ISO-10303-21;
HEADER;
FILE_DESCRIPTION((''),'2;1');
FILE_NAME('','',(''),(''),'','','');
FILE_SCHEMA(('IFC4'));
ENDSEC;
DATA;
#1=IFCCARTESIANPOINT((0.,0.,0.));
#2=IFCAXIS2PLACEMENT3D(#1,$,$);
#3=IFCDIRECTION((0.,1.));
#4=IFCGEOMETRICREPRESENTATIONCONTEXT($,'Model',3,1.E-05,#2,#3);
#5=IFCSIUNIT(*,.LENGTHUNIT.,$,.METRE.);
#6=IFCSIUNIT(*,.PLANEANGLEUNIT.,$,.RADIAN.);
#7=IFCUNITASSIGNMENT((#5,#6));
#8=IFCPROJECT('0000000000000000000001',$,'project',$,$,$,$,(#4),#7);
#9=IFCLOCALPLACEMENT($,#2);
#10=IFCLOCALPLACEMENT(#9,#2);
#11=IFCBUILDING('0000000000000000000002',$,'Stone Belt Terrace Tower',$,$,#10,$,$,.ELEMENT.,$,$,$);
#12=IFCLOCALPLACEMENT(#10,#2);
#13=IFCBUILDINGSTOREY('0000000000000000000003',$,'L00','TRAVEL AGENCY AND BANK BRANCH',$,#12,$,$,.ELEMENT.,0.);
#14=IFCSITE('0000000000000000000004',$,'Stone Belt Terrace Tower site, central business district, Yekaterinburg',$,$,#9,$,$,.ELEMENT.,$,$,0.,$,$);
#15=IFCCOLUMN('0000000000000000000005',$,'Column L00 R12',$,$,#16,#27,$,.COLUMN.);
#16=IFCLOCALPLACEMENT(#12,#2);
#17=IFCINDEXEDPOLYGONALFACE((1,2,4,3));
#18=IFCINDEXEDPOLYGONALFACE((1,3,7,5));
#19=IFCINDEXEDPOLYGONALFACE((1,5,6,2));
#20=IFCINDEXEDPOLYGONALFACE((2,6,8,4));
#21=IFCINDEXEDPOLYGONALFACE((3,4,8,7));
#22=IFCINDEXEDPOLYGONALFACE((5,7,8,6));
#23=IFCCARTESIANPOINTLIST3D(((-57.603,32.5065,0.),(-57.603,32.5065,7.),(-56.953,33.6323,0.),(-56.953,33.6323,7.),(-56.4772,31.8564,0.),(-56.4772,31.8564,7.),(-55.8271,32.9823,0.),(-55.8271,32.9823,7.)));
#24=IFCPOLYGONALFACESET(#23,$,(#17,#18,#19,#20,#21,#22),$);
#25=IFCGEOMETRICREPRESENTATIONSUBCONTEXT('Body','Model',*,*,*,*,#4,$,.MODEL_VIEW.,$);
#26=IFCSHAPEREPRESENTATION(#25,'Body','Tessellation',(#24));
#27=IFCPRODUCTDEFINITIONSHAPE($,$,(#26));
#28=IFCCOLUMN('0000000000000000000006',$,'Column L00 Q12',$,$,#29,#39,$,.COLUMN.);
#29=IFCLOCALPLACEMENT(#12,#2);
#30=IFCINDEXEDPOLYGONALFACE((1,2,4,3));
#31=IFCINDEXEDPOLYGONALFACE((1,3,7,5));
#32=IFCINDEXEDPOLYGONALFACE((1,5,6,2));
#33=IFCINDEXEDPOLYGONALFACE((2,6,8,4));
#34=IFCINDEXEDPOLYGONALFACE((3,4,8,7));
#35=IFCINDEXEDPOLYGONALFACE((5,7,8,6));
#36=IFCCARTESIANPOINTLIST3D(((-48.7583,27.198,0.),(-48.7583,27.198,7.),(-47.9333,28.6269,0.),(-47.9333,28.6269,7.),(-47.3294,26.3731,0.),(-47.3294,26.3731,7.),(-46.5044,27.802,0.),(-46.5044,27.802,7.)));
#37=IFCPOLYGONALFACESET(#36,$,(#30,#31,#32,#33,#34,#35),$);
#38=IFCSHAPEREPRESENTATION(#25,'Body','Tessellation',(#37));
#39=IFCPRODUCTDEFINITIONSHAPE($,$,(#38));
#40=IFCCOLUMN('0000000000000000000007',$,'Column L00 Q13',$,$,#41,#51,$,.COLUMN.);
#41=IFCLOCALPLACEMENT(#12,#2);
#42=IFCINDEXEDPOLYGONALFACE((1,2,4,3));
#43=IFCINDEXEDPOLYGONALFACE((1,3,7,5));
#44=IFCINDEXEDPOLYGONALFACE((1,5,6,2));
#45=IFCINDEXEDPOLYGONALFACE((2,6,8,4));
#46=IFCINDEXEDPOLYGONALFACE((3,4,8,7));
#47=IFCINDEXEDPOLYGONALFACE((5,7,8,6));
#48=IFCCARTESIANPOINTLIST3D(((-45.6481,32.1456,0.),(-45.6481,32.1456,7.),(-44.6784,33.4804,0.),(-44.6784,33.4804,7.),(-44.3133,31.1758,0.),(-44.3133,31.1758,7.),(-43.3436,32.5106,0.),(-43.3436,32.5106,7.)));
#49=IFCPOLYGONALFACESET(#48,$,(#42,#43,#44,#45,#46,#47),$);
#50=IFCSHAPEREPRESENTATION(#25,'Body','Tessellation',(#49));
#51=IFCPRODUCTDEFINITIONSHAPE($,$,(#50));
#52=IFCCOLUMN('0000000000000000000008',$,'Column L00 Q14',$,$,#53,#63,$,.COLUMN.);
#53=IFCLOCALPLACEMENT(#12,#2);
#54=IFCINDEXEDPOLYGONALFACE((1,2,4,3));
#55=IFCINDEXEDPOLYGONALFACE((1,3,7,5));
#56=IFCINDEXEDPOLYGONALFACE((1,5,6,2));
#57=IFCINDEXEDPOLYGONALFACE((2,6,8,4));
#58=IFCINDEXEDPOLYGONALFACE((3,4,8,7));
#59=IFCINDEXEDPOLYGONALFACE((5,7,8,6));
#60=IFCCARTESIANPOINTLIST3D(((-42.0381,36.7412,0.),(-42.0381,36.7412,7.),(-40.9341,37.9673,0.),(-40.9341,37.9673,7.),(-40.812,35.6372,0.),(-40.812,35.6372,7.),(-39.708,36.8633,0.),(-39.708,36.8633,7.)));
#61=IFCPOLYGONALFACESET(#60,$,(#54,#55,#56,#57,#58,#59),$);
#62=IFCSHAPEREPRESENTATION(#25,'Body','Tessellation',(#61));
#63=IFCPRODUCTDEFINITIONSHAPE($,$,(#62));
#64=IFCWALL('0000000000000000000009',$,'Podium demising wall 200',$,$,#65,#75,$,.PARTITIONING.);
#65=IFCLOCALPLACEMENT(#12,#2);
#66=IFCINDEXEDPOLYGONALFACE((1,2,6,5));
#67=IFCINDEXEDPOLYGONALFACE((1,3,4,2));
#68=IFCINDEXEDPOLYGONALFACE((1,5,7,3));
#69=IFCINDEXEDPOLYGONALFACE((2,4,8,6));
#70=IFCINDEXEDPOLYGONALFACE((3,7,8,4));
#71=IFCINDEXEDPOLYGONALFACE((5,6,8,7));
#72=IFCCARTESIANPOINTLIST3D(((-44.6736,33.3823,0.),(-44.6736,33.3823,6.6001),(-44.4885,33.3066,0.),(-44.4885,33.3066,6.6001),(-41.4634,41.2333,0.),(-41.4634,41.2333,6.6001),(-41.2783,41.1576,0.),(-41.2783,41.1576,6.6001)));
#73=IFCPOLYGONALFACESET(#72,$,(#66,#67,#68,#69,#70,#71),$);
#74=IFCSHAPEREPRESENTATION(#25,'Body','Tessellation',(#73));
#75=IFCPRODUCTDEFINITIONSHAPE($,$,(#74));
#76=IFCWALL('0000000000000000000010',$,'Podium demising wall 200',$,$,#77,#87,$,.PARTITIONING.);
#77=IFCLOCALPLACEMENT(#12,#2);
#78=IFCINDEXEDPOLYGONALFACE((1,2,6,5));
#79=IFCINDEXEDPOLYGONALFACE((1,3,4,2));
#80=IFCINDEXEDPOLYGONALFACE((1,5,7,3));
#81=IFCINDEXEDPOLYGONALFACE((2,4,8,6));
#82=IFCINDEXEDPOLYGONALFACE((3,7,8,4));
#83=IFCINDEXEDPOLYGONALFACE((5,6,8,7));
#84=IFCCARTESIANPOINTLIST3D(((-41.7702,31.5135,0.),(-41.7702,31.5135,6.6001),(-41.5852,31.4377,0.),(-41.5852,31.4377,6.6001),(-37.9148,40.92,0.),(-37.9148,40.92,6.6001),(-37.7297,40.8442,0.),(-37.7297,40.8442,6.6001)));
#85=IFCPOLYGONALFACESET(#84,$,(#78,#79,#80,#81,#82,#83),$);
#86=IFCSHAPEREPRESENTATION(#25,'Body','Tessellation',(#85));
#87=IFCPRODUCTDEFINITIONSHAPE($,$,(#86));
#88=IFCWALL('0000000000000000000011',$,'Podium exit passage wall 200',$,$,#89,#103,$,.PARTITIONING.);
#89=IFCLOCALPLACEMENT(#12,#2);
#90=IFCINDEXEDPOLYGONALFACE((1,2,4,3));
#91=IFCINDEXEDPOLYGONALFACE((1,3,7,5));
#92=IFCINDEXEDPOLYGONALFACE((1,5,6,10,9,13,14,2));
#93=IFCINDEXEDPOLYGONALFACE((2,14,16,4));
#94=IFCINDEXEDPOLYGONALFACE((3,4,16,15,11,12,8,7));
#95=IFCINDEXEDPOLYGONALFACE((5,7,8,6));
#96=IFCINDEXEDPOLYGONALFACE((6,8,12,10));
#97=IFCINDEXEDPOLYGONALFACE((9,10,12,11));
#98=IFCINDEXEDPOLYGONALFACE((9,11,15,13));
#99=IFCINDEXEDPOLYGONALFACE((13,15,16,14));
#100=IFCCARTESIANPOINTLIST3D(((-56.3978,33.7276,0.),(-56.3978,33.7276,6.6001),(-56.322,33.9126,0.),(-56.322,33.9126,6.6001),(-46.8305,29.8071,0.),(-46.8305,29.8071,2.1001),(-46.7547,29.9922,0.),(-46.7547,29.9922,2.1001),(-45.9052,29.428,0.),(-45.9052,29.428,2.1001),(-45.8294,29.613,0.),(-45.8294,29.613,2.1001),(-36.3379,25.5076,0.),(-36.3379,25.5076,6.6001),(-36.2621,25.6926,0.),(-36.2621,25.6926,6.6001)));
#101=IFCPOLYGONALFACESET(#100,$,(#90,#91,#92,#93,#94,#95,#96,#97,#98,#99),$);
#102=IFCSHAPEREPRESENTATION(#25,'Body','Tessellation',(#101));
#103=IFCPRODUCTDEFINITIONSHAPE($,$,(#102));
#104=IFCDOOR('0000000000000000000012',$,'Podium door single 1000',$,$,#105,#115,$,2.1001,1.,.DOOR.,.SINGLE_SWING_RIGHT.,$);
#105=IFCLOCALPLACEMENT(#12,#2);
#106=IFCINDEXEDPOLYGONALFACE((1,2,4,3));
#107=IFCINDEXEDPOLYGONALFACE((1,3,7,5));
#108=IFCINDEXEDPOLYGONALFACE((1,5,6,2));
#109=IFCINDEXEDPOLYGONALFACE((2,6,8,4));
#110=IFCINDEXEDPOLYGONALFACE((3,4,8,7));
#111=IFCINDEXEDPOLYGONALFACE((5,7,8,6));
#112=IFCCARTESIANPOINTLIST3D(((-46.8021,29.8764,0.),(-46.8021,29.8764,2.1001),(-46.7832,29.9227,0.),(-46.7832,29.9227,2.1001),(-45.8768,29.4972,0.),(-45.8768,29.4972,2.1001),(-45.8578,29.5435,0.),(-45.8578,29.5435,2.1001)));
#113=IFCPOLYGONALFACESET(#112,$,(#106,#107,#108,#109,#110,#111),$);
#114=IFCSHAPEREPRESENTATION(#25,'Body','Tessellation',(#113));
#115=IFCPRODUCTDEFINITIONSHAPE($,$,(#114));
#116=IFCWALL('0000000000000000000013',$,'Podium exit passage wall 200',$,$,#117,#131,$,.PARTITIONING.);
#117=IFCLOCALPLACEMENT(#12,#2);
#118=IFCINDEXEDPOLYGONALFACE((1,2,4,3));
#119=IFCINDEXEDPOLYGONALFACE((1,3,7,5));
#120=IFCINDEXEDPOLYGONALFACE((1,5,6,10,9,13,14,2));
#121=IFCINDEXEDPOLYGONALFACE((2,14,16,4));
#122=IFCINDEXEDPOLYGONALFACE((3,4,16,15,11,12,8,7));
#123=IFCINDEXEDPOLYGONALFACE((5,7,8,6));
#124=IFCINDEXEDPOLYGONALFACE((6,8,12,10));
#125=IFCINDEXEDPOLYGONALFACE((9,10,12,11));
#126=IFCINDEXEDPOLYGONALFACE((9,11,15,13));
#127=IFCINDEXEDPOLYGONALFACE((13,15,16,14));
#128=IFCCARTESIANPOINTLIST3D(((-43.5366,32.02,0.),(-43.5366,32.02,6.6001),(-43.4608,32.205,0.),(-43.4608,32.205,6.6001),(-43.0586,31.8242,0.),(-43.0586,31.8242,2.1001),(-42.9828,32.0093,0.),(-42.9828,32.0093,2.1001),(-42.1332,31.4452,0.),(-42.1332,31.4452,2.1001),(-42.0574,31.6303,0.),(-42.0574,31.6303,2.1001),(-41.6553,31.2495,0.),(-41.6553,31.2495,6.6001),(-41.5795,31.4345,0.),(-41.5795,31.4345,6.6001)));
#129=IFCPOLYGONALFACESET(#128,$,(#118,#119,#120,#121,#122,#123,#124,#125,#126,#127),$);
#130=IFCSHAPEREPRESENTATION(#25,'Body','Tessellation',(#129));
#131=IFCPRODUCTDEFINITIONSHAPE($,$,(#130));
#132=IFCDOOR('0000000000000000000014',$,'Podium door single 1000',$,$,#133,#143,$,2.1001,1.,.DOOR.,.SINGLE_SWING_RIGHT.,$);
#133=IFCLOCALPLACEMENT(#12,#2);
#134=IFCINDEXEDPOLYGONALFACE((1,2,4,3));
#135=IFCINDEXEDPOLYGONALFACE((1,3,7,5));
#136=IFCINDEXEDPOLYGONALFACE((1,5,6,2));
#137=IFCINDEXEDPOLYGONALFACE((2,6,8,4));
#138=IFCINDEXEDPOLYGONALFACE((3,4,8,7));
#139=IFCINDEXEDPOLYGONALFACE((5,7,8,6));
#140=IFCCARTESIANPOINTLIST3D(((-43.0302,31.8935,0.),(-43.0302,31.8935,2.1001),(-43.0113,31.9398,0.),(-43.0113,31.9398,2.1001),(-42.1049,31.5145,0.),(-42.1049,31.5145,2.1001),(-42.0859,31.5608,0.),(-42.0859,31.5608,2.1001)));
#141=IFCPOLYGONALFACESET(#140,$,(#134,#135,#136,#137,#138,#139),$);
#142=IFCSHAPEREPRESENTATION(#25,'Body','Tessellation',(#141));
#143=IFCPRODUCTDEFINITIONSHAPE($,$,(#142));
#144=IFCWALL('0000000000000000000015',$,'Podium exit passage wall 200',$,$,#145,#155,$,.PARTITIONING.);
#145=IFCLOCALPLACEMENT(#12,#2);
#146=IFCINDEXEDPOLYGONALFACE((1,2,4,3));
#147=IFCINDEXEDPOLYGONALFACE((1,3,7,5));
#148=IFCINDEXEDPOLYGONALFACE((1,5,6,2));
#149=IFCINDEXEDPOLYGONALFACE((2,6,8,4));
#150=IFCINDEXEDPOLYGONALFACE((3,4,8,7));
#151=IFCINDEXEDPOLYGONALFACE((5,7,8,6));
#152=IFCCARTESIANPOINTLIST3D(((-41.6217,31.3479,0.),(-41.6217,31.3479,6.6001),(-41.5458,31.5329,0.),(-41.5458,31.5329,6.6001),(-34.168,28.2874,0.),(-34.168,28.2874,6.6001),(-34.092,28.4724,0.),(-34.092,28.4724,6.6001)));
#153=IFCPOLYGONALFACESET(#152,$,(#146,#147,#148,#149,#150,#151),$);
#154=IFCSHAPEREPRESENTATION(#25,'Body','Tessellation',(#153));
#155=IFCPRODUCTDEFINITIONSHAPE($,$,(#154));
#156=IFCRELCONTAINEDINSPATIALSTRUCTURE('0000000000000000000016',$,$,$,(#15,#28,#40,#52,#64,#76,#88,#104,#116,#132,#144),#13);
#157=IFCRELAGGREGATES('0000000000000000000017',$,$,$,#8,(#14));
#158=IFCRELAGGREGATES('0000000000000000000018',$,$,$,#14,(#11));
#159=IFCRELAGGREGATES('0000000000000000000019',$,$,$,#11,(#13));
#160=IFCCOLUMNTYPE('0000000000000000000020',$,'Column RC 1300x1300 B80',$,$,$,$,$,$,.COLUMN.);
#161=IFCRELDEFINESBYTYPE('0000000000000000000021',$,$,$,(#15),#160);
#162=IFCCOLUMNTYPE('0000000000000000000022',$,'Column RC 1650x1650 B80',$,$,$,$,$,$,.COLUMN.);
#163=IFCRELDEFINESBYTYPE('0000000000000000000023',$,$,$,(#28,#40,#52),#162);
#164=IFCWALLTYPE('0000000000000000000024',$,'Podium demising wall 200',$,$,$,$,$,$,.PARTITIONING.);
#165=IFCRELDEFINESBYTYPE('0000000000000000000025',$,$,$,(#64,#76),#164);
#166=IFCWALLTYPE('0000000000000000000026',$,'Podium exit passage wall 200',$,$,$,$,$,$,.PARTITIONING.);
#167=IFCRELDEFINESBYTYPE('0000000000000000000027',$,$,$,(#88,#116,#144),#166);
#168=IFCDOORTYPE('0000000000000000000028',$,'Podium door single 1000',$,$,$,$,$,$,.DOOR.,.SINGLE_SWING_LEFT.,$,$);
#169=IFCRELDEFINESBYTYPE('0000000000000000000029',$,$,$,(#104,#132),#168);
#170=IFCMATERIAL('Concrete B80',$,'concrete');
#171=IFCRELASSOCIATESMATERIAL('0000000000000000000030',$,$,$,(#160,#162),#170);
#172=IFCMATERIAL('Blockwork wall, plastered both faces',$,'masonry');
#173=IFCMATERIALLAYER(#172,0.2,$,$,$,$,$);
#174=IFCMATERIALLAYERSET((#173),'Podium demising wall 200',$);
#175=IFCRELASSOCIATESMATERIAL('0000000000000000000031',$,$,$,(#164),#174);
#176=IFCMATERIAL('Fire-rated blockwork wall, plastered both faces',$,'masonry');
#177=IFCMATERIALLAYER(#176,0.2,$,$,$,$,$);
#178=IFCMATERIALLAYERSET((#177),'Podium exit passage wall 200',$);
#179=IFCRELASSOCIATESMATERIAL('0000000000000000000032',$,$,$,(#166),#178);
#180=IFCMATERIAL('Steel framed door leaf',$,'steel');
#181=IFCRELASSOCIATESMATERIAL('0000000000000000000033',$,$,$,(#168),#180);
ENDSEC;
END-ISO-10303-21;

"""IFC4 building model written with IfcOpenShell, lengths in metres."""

from ifc_helpers import new_model, si_unit, direction, frame, frame_2d, origin, origin_2d, place, context, subcontext, project, spatial, rectangle, extrude, material, layer, layer_set, material_profile, profile_set, type_object, element, fill, save


model = new_model("IFC4")

# Units and contexts
model_context = context("Model", 3, precision=1e-05, world=origin(), true_north=direction((0.0, 1.0)))
body_context = subcontext(model_context, "Body", "Model", "MODEL_VIEW")
ifc_project = project(units=[si_unit("LENGTHUNIT", "METRE"), si_unit("PLANEANGLEUNIT", "RADIAN")], contexts=[model_context])

# Site, building, storey
site_placement = place(None, origin())
site = spatial("IfcSite", under=ifc_project, at=site_placement, Name="Stone Belt Terrace Tower site, central business district, Yekaterinburg", CompositionType="ELEMENT", RefElevation=0.0)
building_placement = place(site_placement, origin())
building = spatial("IfcBuilding", under=site, at=building_placement, Name="Stone Belt Terrace Tower", CompositionType="ELEMENT")
storey_placement = place(building_placement, origin())
storey = spatial("IfcBuildingStorey", under=building, at=storey_placement, Name="L00", Description="TRAVEL AGENCY AND BANK BRANCH", CompositionType="ELEMENT", Elevation=0.0)

# Columns
ifc_material_1 = material(Name="Concrete B80", Category="concrete")
ifc_material_profile_1 = material_profile(ifc_material_1, rectangle(XDim=1.3, YDim=1.3, at=origin_2d()), Name="RC 1300x1300")
ifc_profile_set_1 = profile_set([ifc_material_profile_1], Name="Concrete B80")
column_type_1 = type_object("IfcColumnType", Name="Column RC 1300x1300 B80", PredefinedType="COLUMN", material=ifc_profile_set_1)
column_placement = place(storey_placement, frame((-56.7151, 32.7444, 0.0), z_axis=(0.0, 0.0, 1.0), x_axis=(0.5, 0.866025, 0.0)))
element("IfcColumn", 1, at=column_placement, inside=storey, type_object=column_type_1, Name="Column L00 R12", PredefinedType="COLUMN", context=body_context, shape_type="SweptSolid", body=[
    extrude(rectangle(XDim=1.3, YDim=1.3, at=origin_2d()), origin(), (0.0, 0.0, 1.0), 7.0),
])
ifc_material_profile_2 = material_profile(ifc_material_1, rectangle(XDim=1.6499, YDim=1.6499, at=origin_2d()), Name="RC 1650x1650")
ifc_profile_set_2 = profile_set([ifc_material_profile_2], Name="Concrete B80")
column_type_2 = type_object("IfcColumnType", Name="Column RC 1650x1650 B80", PredefinedType="COLUMN", material=ifc_profile_set_2)
for number, where, z_axis, x_axis, name in (
    (2, (-47.6313, 27.5, 0.0), (0.0, 0.0, 1.0), (0.5, 0.866025, 0.0), "Column L00 Q12"),
    (3, (-44.4958, 32.3281, 0.0), (0.0, 0.0, 1.0), (0.587785, 0.809017, 0.0), "Column L00 Q13"),
    (4, (-40.873, 36.8022, 0.0), (0.0, 0.0, 1.0), (0.669131, 0.743145, 0.0), "Column L00 Q14"),
):
    element("IfcColumn", number, at=place(storey_placement, frame(where, z_axis=z_axis, x_axis=x_axis)), inside=storey, type_object=column_type_2, Name=name, PredefinedType="COLUMN", context=body_context, shape_type="SweptSolid", body=[
        extrude(rectangle(XDim=1.6499, YDim=1.6499, at=origin_2d()), origin(), (0.0, 0.0, 1.0), 7.0),
    ])

# Walls
ifc_material_2 = material(Name="Blockwork wall, plastered both faces", Category="masonry")
ifc_layer_1 = layer(ifc_material_2, 0.2)
ifc_layer_set_1 = layer_set([ifc_layer_1], Name="Podium demising wall 200")
wall_type_1 = type_object("IfcWallType", Name="Podium demising wall 200", PredefinedType="PARTITIONING", material=ifc_layer_set_1)
wall_1_placement = place(storey_placement, frame((-44.5811, 33.3445, 0.0), z_axis=(0.0, 0.0, 1.0), x_axis=(0.378471, 0.925613, 0.0)))
element("IfcWall", 5, at=wall_1_placement, inside=storey, type_object=wall_type_1, Name="Podium demising wall 200", PredefinedType="PARTITIONING", context=body_context, shape_type="SweptSolid", body=[
    extrude(rectangle(XDim=8.4819, YDim=0.2, at=frame_2d((4.241, 0.0))), origin(), (0.0, 0.0, 1.0), 6.6001),
])
wall_2_placement = place(storey_placement, frame((-41.6777, 31.4756, 0.0), z_axis=(0.0, 0.0, 1.0), x_axis=(0.379253, 0.925293, 0.0)))
element("IfcWall", 6, at=wall_2_placement, inside=storey, type_object=wall_type_1, Name="Podium demising wall 200", PredefinedType="PARTITIONING", context=body_context, shape_type="SweptSolid", body=[
    extrude(rectangle(XDim=10.166, YDim=0.2, at=frame_2d((5.083, 0.0))), origin(), (0.0, 0.0, 1.0), 6.6001),
])

# Walls, openings, doors
ifc_material_3 = material(Name="Fire-rated blockwork wall, plastered both faces", Category="masonry")
ifc_layer_2 = layer(ifc_material_3, 0.2)
ifc_layer_set_2 = layer_set([ifc_layer_2], Name="Podium exit passage wall 200")
wall_type_2 = type_object("IfcWallType", Name="Podium exit passage wall 200", PredefinedType="PARTITIONING", material=ifc_layer_set_2)
wall_3_placement = place(storey_placement, frame((-56.3599, 33.8201, 0.0), z_axis=(0.0, 0.0, 1.0), x_axis=(0.925326, -0.379173, 0.0)))
wall_3 = element("IfcWall", 7, at=wall_3_placement, inside=storey, type_object=wall_type_2, Name="Podium exit passage wall 200", PredefinedType="PARTITIONING", context=body_context, shape_type="SweptSolid", body=[
    extrude(rectangle(XDim=21.6787, YDim=0.2, at=frame_2d((10.8394, 0.0))), origin(), (0.0, 0.0, 1.0), 6.6001),
])
opening_1_placement = place(wall_3_placement, frame((10.3394, 0.0, 0.0)))
opening_1 = element("IfcOpeningElement", 8, at=opening_1_placement, cuts=wall_3, PredefinedType="OPENING", context=body_context, shape_type="SweptSolid", body=[
    extrude(rectangle(XDim=1.0, YDim=2.1001, at=frame_2d((0.5, 1.05))), frame((0.0, 0.1099, 0.0), z_axis=(0.0, -1.0, 0.0), x_axis=(1.0, 0.0, 0.0)), (0.0, 0.0, 1.0), 0.22),
])
ifc_material_4 = material(Name="Steel framed door leaf", Category="steel")
door_type_1 = type_object("IfcDoorType", Name="Podium door single 1000", OperationType="SINGLE_SWING_LEFT", PredefinedType="DOOR", material=ifc_material_4)
door_1_placement = place(opening_1_placement, origin())
door_1 = element("IfcDoor", 9, at=door_1_placement, inside=storey, type_object=door_type_1, Name="Podium door single 1000", OperationType="SINGLE_SWING_RIGHT", OverallHeight=2.1001, OverallWidth=1.0, PredefinedType="DOOR", context=body_context, shape_type="SweptSolid", body=[
    extrude(rectangle(XDim=1.0, YDim=2.1001, at=frame_2d((0.5, 1.05))), frame((0.0, 0.0249, 0.0), z_axis=(0.0, -1.0, 0.0), x_axis=(1.0, 0.0, 0.0)), (0.0, 0.0, 1.0), 0.05),
])
fill(opening_1, door_1)
wall_4_placement = place(storey_placement, frame((-43.4988, 32.1125, 0.0), z_axis=(0.0, 0.0, 1.0), x_axis=(0.925398, -0.378998, 0.0)))
wall_4 = element("IfcWall", 10, at=wall_4_placement, inside=storey, type_object=wall_type_2, Name="Podium exit passage wall 200", PredefinedType="PARTITIONING", context=body_context, shape_type="SweptSolid", body=[
    extrude(rectangle(XDim=2.033, YDim=0.2, at=frame_2d((1.0166, 0.0))), origin(), (0.0, 0.0, 1.0), 6.6001),
])
opening_2_placement = place(wall_4_placement, frame((0.5166, 0.0, 0.0)))
opening_2 = element("IfcOpeningElement", 11, at=opening_2_placement, cuts=wall_4, PredefinedType="OPENING", context=body_context, shape_type="SweptSolid", body=[
    extrude(rectangle(XDim=1.0, YDim=2.1001, at=frame_2d((0.5, 1.05))), frame((0.0, 0.1099, 0.0), z_axis=(0.0, -1.0, 0.0), x_axis=(1.0, 0.0, 0.0)), (0.0, 0.0, 1.0), 0.22),
])
door_2_placement = place(opening_2_placement, origin())
door_2 = element("IfcDoor", 12, at=door_2_placement, inside=storey, type_object=door_type_1, Name="Podium door single 1000", OperationType="SINGLE_SWING_RIGHT", OverallHeight=2.1001, OverallWidth=1.0, PredefinedType="DOOR", context=body_context, shape_type="SweptSolid", body=[
    extrude(rectangle(XDim=1.0, YDim=2.1001, at=frame_2d((0.5, 1.05))), frame((0.0, 0.0249, 0.0), z_axis=(0.0, -1.0, 0.0), x_axis=(1.0, 0.0, 0.0)), (0.0, 0.0, 1.0), 0.05),
])
fill(opening_2, door_2)

# Wall
wall_5_placement = place(storey_placement, frame((-41.5837, 31.4404, 0.0), z_axis=(0.0, 0.0, 1.0), x_axis=(0.925057, -0.379828, 0.0)))
element("IfcWall", 13, at=wall_5_placement, inside=storey, type_object=wall_type_2, Name="Podium exit passage wall 200", PredefinedType="PARTITIONING", context=body_context, shape_type="SweptSolid", body=[
    extrude(rectangle(XDim=8.0576, YDim=0.2, at=frame_2d((4.0288, 0.0))), origin(), (0.0, 0.0, 1.0), 6.6001),
])

save(model, "model.ifc")
